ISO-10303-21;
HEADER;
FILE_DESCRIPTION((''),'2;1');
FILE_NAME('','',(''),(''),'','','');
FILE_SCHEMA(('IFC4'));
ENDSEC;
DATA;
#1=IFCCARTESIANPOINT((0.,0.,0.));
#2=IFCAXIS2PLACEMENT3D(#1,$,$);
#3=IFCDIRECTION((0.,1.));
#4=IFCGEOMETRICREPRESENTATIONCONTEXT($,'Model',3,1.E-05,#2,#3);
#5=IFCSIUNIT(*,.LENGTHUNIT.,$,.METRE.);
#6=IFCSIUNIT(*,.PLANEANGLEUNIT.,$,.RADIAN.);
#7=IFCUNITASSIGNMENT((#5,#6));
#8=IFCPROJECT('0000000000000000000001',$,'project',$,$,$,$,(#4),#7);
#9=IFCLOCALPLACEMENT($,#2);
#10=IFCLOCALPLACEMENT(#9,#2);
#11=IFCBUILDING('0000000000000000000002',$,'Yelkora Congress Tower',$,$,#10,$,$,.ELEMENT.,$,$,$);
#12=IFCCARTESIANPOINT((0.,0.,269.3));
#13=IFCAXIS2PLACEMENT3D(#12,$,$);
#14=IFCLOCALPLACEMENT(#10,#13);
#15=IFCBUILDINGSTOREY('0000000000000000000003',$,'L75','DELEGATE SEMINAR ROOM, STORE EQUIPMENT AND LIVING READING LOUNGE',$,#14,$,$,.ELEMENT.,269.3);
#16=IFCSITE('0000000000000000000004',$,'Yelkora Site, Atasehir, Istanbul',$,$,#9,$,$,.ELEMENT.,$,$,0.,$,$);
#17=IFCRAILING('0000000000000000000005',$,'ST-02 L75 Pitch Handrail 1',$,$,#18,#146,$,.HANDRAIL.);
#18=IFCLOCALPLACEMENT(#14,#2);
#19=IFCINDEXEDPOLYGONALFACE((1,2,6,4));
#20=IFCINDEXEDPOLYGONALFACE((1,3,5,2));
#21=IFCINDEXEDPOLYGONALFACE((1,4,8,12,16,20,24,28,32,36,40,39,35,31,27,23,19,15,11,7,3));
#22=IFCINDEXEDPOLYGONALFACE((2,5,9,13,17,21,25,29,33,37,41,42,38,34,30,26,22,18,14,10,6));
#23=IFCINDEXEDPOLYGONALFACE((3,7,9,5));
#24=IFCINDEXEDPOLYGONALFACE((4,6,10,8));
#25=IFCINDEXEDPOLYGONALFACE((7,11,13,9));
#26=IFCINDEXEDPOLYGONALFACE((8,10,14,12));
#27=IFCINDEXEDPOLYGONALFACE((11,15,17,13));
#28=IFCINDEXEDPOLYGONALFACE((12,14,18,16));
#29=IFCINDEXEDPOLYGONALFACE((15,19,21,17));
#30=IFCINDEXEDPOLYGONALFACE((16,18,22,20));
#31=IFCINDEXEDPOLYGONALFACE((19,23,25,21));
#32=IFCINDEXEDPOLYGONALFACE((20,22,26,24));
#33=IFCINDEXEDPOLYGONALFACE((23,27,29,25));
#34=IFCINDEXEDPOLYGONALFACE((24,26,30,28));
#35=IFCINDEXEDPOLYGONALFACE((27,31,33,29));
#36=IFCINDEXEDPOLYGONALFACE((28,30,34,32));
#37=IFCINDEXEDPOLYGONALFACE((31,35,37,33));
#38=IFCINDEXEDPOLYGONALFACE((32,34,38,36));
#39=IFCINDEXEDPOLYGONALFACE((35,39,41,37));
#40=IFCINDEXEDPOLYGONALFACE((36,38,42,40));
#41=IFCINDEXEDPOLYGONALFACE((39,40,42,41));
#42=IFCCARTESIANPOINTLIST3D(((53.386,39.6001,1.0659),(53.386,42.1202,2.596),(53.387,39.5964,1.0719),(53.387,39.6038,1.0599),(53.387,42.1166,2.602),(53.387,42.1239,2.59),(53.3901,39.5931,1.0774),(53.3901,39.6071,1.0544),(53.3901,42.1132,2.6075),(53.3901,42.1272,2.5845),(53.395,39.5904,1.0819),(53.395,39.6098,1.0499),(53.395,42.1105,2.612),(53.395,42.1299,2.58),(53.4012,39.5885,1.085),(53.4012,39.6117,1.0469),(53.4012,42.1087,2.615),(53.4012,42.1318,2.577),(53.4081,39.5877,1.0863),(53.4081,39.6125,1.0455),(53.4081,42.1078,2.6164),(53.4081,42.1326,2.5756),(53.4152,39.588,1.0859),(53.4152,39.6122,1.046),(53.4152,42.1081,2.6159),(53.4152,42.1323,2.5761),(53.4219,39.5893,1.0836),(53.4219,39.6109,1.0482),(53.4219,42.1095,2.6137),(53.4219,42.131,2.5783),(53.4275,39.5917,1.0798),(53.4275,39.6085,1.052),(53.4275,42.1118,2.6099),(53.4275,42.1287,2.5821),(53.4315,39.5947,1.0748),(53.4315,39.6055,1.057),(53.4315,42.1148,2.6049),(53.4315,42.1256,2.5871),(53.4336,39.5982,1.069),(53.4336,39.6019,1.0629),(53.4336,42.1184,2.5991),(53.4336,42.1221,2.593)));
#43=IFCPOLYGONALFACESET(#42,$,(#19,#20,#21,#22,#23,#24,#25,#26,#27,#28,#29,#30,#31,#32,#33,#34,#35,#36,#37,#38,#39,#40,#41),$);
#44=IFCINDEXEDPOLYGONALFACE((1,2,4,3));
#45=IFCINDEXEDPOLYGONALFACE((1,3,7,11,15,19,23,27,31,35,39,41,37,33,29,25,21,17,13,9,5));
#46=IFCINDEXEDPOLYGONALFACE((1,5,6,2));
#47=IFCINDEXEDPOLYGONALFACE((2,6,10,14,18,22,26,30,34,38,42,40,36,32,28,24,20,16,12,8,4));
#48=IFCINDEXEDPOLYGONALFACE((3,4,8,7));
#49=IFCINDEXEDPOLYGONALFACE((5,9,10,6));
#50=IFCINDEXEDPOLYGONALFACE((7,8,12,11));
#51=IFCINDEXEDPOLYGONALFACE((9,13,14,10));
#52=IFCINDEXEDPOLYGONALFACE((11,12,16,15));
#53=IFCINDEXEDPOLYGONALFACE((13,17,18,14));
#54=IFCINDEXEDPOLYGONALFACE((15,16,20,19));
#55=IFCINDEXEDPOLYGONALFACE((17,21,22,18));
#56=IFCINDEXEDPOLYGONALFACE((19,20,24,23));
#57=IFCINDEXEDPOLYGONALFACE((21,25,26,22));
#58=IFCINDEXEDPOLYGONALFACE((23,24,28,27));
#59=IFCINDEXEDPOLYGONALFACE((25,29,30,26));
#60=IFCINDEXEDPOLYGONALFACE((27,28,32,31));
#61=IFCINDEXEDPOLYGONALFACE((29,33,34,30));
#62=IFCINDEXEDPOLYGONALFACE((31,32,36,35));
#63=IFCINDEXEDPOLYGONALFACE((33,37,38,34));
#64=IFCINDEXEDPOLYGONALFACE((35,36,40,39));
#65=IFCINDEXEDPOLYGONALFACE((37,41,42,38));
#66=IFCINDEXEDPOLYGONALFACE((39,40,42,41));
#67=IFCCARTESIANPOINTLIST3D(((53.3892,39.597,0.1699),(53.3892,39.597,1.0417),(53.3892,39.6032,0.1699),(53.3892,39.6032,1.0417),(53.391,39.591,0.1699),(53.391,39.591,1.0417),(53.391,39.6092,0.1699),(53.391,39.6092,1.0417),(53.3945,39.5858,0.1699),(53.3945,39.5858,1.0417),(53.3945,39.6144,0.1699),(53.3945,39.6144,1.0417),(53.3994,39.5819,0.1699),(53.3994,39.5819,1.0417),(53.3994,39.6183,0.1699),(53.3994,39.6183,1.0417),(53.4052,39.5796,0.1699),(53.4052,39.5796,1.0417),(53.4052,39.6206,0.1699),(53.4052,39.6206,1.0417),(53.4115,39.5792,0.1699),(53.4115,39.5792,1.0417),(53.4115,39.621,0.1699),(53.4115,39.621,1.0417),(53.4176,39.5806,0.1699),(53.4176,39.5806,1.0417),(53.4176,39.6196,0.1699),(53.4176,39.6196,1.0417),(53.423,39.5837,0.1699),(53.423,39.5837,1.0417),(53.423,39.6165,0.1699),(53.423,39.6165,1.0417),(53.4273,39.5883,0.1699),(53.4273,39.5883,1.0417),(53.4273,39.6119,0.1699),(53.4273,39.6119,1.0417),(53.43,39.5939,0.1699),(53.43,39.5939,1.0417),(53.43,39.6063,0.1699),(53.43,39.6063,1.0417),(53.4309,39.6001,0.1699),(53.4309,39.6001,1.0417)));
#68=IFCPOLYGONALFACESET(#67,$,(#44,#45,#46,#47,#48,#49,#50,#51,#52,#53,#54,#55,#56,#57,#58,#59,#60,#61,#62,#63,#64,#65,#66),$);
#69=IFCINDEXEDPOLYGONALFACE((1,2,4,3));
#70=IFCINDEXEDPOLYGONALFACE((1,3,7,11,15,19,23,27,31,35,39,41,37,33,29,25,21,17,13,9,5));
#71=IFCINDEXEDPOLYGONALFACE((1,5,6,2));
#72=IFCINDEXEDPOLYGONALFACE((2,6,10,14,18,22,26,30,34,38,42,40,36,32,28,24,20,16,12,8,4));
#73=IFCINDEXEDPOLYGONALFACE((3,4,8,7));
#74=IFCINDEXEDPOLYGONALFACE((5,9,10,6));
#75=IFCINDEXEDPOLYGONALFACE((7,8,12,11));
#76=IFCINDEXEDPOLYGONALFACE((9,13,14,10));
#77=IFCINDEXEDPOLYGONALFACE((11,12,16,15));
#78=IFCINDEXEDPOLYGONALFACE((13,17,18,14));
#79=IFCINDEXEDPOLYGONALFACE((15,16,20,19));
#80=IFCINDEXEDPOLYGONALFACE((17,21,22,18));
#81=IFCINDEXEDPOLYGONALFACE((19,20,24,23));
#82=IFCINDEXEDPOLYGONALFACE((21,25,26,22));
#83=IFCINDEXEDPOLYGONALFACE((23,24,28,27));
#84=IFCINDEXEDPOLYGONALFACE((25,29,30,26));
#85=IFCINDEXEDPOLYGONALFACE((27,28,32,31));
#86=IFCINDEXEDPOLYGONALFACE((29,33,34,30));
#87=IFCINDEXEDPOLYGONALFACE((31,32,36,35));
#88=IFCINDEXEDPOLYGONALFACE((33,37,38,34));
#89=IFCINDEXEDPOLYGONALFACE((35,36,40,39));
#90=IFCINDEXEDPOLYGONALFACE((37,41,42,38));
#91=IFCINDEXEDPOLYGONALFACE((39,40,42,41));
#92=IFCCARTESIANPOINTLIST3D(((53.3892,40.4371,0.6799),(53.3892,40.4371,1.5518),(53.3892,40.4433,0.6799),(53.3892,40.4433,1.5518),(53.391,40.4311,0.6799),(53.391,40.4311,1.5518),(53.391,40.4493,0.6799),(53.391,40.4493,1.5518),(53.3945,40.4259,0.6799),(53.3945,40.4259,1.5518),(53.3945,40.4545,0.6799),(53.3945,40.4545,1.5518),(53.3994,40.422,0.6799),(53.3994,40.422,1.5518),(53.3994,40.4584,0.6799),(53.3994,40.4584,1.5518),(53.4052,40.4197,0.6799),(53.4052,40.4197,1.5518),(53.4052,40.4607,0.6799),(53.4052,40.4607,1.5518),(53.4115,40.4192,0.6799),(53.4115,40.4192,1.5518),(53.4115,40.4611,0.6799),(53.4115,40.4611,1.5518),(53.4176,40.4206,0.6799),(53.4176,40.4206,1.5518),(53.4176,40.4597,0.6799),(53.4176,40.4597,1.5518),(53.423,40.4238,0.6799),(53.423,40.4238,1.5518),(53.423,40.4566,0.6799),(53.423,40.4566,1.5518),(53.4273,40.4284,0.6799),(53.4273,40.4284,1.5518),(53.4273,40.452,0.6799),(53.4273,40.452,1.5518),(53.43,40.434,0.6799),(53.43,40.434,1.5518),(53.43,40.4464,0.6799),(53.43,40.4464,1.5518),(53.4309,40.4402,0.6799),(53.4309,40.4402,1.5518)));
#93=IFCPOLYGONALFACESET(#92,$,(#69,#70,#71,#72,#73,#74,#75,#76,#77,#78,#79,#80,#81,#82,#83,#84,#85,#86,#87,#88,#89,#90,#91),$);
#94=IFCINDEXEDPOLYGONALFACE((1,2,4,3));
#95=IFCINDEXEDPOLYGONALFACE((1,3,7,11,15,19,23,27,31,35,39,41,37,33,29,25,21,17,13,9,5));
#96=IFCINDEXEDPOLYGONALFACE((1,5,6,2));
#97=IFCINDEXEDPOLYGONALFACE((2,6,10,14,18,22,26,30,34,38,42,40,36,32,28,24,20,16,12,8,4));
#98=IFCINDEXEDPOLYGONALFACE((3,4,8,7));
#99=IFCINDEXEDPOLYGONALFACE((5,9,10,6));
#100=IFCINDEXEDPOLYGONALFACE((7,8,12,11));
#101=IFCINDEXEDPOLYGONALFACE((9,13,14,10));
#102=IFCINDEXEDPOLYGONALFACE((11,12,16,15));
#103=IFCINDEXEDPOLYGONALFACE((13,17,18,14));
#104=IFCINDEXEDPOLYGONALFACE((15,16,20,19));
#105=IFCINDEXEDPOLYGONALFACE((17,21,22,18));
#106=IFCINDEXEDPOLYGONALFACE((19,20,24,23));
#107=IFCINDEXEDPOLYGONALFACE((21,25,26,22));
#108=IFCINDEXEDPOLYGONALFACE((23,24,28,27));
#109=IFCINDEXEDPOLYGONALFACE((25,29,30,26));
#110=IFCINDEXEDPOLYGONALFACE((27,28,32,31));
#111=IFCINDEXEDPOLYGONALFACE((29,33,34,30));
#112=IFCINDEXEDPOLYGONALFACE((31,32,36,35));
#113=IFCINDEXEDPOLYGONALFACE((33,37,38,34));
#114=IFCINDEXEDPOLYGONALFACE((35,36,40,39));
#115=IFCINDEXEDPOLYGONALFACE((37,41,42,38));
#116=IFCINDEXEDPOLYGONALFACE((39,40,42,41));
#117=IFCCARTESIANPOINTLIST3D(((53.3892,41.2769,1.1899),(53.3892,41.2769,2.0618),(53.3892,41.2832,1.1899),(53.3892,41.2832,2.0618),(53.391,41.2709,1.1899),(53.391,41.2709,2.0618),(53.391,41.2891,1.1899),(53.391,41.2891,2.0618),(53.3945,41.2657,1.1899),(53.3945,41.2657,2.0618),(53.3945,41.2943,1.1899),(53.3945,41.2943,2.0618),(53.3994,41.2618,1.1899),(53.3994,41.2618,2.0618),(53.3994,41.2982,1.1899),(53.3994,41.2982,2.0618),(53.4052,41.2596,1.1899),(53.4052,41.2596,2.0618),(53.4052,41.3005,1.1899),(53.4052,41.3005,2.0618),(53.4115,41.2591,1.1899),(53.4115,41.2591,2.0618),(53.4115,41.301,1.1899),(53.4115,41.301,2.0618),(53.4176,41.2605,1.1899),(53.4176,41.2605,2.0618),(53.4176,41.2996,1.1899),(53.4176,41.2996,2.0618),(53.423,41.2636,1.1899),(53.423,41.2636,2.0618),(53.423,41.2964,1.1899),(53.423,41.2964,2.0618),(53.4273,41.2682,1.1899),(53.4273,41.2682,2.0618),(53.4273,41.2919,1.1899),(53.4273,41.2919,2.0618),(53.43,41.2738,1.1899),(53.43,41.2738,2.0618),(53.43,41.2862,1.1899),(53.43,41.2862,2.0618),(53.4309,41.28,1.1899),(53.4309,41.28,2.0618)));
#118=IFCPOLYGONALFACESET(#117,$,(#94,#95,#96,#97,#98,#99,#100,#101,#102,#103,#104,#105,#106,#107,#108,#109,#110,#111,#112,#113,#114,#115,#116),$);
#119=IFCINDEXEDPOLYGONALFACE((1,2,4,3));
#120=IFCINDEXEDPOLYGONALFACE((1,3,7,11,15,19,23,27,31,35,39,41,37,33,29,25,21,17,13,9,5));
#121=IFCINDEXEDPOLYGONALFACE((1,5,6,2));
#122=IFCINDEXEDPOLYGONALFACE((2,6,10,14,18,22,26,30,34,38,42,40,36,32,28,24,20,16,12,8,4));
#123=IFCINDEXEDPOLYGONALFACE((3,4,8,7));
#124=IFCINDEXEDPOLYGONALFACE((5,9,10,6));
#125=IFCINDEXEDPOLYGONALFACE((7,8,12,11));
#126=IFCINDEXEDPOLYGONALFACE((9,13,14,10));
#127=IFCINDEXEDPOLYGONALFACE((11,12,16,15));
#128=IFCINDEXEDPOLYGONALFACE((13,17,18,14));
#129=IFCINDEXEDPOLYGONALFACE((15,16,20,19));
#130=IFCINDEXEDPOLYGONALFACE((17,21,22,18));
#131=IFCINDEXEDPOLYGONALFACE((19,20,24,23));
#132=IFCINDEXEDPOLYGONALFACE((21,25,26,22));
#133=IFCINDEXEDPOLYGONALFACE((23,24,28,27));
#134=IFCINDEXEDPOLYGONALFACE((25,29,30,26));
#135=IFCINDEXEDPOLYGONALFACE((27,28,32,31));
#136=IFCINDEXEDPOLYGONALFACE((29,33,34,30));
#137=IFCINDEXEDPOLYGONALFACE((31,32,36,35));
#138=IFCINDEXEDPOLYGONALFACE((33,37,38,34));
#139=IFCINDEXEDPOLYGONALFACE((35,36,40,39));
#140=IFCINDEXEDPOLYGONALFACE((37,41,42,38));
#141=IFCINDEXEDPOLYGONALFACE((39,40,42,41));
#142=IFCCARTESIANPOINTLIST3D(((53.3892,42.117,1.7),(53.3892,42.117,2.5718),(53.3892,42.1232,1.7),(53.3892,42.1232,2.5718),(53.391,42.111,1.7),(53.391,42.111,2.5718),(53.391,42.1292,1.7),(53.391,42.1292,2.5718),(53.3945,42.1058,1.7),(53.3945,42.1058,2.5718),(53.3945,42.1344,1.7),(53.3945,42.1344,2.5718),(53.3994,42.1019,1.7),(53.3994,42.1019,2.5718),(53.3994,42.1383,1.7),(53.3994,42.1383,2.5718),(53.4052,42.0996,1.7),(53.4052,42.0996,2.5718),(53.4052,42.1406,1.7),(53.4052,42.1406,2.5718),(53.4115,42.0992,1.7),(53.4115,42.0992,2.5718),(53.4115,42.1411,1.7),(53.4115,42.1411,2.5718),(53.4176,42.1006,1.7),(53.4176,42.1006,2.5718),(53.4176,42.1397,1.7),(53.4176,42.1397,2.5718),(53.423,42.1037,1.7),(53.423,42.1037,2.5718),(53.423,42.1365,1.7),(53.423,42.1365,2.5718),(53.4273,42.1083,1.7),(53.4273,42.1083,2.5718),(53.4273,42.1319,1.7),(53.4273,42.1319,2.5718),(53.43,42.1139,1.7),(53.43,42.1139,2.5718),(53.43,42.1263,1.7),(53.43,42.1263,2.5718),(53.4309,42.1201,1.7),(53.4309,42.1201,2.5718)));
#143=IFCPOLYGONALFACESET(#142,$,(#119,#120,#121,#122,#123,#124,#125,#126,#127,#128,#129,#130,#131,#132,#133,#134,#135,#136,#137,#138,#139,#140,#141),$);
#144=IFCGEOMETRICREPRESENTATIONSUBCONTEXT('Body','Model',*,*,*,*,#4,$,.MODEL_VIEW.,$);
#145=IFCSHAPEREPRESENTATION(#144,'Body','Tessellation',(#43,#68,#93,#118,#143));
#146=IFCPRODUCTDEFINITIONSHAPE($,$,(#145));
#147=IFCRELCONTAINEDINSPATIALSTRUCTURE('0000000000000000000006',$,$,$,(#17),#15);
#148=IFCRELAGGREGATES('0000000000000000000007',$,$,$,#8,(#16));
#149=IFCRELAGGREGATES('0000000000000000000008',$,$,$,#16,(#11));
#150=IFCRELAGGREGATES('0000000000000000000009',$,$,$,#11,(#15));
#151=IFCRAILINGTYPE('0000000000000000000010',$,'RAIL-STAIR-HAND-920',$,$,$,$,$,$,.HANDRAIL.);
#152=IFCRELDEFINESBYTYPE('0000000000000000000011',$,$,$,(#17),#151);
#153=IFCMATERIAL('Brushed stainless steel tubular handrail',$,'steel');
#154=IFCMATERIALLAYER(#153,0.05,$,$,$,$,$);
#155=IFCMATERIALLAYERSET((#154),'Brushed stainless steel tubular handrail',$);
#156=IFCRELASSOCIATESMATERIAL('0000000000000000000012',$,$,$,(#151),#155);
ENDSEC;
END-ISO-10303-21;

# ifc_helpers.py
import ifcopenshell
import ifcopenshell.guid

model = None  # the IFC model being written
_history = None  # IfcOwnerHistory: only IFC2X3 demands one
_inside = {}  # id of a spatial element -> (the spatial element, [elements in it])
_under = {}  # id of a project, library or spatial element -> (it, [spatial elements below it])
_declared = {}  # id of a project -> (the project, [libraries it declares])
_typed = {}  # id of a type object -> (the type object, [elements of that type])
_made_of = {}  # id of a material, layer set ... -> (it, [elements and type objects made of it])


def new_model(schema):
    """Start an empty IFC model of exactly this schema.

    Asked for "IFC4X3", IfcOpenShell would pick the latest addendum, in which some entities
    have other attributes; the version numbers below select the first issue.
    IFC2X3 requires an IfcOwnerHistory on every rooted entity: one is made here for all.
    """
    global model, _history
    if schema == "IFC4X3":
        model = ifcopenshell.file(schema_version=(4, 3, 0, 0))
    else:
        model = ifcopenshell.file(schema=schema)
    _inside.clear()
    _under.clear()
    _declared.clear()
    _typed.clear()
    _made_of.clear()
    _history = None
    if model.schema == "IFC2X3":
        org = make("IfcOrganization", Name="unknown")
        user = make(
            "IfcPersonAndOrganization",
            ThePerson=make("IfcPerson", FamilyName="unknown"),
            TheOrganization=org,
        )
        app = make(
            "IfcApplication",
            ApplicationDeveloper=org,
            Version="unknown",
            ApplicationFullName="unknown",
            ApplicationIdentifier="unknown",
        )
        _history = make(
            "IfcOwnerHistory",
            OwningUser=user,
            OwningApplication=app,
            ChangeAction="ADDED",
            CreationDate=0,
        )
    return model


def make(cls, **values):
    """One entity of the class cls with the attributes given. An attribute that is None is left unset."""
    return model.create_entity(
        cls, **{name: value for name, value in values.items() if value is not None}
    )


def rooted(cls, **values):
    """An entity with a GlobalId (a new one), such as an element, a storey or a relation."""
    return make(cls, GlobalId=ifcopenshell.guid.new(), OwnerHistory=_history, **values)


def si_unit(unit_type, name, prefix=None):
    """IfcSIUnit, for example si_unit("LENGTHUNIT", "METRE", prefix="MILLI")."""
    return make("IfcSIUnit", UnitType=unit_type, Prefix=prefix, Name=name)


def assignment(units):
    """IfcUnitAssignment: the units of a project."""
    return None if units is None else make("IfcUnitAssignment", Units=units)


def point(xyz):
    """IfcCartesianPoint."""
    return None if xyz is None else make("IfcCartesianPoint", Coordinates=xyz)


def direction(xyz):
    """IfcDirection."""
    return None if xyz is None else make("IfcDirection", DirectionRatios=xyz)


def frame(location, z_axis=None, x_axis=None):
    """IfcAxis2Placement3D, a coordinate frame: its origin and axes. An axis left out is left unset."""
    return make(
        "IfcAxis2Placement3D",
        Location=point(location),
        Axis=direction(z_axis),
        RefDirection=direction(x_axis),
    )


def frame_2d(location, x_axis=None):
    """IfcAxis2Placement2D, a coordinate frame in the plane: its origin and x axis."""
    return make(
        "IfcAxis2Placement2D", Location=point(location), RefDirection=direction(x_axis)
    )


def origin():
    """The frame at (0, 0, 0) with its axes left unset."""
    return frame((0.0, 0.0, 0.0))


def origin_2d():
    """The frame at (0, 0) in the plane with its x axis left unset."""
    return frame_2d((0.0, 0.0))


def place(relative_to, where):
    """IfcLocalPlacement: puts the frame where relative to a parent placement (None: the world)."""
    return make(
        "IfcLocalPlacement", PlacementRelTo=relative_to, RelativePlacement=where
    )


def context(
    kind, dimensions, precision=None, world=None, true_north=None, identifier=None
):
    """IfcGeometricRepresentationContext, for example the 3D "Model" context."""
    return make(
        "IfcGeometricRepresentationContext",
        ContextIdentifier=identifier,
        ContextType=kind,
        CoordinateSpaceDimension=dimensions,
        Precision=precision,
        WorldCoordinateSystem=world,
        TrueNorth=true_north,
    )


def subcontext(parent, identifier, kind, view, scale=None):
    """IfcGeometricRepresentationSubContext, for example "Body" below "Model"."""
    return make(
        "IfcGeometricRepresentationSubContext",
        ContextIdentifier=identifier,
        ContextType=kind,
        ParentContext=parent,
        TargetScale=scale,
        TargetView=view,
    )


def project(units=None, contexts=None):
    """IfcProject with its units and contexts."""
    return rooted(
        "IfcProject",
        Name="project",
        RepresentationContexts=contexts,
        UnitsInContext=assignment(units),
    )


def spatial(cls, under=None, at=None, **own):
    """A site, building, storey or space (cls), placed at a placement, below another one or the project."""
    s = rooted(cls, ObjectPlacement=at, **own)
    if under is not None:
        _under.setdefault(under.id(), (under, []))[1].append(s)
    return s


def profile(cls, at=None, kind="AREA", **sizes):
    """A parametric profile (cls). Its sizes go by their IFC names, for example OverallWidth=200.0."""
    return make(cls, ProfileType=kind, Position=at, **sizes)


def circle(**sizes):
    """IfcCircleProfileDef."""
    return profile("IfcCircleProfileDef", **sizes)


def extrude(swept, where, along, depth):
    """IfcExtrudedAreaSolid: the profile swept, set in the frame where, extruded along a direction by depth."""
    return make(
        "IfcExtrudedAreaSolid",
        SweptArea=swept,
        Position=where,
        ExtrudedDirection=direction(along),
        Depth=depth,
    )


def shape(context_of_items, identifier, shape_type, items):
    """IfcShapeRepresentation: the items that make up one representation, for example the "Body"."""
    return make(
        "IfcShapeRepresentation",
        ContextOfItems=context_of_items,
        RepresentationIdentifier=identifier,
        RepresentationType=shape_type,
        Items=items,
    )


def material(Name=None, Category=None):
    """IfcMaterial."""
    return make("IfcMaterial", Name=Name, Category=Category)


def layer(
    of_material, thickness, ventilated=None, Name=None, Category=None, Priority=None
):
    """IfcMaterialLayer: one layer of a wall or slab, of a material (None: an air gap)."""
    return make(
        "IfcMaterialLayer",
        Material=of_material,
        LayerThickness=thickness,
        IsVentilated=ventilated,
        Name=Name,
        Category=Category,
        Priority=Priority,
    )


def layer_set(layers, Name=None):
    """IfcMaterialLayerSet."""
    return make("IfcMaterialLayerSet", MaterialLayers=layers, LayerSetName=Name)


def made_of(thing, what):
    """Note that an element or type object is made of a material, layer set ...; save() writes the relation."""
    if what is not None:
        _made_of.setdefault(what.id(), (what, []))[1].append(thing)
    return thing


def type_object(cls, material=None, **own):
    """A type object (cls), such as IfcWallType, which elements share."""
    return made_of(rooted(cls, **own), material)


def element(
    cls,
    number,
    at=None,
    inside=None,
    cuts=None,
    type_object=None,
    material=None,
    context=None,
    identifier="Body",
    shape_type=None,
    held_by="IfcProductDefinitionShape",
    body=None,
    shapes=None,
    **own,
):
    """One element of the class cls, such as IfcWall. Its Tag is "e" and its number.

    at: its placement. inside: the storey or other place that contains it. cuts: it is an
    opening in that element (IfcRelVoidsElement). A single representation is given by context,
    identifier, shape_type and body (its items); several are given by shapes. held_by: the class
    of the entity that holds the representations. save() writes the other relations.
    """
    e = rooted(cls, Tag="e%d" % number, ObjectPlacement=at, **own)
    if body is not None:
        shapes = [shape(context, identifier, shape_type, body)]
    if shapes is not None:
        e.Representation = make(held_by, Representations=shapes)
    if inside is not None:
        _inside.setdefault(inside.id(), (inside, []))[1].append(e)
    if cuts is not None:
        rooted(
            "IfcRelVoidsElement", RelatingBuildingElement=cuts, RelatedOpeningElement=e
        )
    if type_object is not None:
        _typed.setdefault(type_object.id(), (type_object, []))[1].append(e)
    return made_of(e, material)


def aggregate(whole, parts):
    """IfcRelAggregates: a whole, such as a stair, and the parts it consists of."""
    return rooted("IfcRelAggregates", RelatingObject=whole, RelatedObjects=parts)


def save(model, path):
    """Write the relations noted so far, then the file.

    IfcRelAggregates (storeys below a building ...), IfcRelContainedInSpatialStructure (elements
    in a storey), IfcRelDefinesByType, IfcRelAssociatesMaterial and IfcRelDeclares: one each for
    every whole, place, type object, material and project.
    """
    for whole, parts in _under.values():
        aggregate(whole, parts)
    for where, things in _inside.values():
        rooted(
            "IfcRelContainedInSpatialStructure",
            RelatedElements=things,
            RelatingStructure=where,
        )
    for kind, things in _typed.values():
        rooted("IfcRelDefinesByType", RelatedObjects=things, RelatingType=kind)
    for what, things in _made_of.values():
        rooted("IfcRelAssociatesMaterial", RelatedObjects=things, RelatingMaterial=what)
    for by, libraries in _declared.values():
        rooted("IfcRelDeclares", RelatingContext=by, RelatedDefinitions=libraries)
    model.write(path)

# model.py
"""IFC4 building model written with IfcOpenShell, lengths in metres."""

from ifc_helpers import new_model, si_unit, direction, frame, origin, origin_2d, place, context, subcontext, project, spatial, circle, extrude, material, layer, layer_set, type_object, element, save


model = new_model("IFC4")

# Units and contexts
model_context = context("Model", 3, precision=1e-05, world=origin(), true_north=direction((0.0, 1.0)))
body_context = subcontext(model_context, "Body", "Model", "MODEL_VIEW")
ifc_project = project(units=[si_unit("LENGTHUNIT", "METRE"), si_unit("PLANEANGLEUNIT", "RADIAN")], contexts=[model_context])

# Site, building, storey
site_placement = place(None, origin())
site = spatial("IfcSite", under=ifc_project, at=site_placement, Name="Yelkora Site, Atasehir, Istanbul", CompositionType="ELEMENT", RefElevation=0.0)
building_placement = place(site_placement, origin())
building = spatial("IfcBuilding", under=site, at=building_placement, Name="Yelkora Congress Tower", CompositionType="ELEMENT")
storey_placement = place(building_placement, frame((0.0, 0.0, 269.3)))
storey = spatial("IfcBuildingStorey", under=building, at=storey_placement, Name="L75", Description="DELEGATE SEMINAR ROOM, STORE EQUIPMENT AND LIVING READING LOUNGE", CompositionType="ELEMENT", Elevation=269.3)

# Railing
ifc_material_1 = material(Name="Brushed stainless steel tubular handrail", Category="steel")
ifc_layer_1 = layer(ifc_material_1, 0.05)
ifc_layer_set_1 = layer_set([ifc_layer_1], Name="Brushed stainless steel tubular handrail")
railing_type_1 = type_object("IfcRailingType", Name="RAIL-STAIR-HAND-920", PredefinedType="HANDRAIL", material=ifc_layer_set_1)
railing_1_placement = place(storey_placement, frame((53.4099, 39.6001, 0.1699)))
element("IfcRailing", 1, at=railing_1_placement, inside=storey, type_object=railing_type_1, Name="ST-02 L75 Pitch Handrail 1", PredefinedType="HANDRAIL", context=body_context, shape_type="SweptSolid", body=[
    extrude(circle(Radius=0.0239, at=origin_2d()), frame((0.0, 0.0, 0.896), z_axis=(0.0, 0.854785, 0.518982), x_axis=(-1.0, 0.0, 0.0)), (0.0, 0.0, 1.0), 2.9482),
    extrude(circle(Radius=0.021, at=origin_2d()), origin(), (0.0, 0.0, 1.0), 0.8718),
    extrude(circle(Radius=0.021, at=origin_2d()), frame((0.0, 0.8401, 0.51)), (0.0, 0.0, 1.0), 0.8718),
    extrude(circle(Radius=0.021, at=origin_2d()), frame((0.0, 1.6799, 1.02)), (0.0, 0.0, 1.0), 0.8718),
    extrude(circle(Radius=0.021, at=origin_2d()), frame((0.0, 2.52, 1.53)), (0.0, 0.0, 1.0), 0.8718),
])

save(model, "model.ifc")
